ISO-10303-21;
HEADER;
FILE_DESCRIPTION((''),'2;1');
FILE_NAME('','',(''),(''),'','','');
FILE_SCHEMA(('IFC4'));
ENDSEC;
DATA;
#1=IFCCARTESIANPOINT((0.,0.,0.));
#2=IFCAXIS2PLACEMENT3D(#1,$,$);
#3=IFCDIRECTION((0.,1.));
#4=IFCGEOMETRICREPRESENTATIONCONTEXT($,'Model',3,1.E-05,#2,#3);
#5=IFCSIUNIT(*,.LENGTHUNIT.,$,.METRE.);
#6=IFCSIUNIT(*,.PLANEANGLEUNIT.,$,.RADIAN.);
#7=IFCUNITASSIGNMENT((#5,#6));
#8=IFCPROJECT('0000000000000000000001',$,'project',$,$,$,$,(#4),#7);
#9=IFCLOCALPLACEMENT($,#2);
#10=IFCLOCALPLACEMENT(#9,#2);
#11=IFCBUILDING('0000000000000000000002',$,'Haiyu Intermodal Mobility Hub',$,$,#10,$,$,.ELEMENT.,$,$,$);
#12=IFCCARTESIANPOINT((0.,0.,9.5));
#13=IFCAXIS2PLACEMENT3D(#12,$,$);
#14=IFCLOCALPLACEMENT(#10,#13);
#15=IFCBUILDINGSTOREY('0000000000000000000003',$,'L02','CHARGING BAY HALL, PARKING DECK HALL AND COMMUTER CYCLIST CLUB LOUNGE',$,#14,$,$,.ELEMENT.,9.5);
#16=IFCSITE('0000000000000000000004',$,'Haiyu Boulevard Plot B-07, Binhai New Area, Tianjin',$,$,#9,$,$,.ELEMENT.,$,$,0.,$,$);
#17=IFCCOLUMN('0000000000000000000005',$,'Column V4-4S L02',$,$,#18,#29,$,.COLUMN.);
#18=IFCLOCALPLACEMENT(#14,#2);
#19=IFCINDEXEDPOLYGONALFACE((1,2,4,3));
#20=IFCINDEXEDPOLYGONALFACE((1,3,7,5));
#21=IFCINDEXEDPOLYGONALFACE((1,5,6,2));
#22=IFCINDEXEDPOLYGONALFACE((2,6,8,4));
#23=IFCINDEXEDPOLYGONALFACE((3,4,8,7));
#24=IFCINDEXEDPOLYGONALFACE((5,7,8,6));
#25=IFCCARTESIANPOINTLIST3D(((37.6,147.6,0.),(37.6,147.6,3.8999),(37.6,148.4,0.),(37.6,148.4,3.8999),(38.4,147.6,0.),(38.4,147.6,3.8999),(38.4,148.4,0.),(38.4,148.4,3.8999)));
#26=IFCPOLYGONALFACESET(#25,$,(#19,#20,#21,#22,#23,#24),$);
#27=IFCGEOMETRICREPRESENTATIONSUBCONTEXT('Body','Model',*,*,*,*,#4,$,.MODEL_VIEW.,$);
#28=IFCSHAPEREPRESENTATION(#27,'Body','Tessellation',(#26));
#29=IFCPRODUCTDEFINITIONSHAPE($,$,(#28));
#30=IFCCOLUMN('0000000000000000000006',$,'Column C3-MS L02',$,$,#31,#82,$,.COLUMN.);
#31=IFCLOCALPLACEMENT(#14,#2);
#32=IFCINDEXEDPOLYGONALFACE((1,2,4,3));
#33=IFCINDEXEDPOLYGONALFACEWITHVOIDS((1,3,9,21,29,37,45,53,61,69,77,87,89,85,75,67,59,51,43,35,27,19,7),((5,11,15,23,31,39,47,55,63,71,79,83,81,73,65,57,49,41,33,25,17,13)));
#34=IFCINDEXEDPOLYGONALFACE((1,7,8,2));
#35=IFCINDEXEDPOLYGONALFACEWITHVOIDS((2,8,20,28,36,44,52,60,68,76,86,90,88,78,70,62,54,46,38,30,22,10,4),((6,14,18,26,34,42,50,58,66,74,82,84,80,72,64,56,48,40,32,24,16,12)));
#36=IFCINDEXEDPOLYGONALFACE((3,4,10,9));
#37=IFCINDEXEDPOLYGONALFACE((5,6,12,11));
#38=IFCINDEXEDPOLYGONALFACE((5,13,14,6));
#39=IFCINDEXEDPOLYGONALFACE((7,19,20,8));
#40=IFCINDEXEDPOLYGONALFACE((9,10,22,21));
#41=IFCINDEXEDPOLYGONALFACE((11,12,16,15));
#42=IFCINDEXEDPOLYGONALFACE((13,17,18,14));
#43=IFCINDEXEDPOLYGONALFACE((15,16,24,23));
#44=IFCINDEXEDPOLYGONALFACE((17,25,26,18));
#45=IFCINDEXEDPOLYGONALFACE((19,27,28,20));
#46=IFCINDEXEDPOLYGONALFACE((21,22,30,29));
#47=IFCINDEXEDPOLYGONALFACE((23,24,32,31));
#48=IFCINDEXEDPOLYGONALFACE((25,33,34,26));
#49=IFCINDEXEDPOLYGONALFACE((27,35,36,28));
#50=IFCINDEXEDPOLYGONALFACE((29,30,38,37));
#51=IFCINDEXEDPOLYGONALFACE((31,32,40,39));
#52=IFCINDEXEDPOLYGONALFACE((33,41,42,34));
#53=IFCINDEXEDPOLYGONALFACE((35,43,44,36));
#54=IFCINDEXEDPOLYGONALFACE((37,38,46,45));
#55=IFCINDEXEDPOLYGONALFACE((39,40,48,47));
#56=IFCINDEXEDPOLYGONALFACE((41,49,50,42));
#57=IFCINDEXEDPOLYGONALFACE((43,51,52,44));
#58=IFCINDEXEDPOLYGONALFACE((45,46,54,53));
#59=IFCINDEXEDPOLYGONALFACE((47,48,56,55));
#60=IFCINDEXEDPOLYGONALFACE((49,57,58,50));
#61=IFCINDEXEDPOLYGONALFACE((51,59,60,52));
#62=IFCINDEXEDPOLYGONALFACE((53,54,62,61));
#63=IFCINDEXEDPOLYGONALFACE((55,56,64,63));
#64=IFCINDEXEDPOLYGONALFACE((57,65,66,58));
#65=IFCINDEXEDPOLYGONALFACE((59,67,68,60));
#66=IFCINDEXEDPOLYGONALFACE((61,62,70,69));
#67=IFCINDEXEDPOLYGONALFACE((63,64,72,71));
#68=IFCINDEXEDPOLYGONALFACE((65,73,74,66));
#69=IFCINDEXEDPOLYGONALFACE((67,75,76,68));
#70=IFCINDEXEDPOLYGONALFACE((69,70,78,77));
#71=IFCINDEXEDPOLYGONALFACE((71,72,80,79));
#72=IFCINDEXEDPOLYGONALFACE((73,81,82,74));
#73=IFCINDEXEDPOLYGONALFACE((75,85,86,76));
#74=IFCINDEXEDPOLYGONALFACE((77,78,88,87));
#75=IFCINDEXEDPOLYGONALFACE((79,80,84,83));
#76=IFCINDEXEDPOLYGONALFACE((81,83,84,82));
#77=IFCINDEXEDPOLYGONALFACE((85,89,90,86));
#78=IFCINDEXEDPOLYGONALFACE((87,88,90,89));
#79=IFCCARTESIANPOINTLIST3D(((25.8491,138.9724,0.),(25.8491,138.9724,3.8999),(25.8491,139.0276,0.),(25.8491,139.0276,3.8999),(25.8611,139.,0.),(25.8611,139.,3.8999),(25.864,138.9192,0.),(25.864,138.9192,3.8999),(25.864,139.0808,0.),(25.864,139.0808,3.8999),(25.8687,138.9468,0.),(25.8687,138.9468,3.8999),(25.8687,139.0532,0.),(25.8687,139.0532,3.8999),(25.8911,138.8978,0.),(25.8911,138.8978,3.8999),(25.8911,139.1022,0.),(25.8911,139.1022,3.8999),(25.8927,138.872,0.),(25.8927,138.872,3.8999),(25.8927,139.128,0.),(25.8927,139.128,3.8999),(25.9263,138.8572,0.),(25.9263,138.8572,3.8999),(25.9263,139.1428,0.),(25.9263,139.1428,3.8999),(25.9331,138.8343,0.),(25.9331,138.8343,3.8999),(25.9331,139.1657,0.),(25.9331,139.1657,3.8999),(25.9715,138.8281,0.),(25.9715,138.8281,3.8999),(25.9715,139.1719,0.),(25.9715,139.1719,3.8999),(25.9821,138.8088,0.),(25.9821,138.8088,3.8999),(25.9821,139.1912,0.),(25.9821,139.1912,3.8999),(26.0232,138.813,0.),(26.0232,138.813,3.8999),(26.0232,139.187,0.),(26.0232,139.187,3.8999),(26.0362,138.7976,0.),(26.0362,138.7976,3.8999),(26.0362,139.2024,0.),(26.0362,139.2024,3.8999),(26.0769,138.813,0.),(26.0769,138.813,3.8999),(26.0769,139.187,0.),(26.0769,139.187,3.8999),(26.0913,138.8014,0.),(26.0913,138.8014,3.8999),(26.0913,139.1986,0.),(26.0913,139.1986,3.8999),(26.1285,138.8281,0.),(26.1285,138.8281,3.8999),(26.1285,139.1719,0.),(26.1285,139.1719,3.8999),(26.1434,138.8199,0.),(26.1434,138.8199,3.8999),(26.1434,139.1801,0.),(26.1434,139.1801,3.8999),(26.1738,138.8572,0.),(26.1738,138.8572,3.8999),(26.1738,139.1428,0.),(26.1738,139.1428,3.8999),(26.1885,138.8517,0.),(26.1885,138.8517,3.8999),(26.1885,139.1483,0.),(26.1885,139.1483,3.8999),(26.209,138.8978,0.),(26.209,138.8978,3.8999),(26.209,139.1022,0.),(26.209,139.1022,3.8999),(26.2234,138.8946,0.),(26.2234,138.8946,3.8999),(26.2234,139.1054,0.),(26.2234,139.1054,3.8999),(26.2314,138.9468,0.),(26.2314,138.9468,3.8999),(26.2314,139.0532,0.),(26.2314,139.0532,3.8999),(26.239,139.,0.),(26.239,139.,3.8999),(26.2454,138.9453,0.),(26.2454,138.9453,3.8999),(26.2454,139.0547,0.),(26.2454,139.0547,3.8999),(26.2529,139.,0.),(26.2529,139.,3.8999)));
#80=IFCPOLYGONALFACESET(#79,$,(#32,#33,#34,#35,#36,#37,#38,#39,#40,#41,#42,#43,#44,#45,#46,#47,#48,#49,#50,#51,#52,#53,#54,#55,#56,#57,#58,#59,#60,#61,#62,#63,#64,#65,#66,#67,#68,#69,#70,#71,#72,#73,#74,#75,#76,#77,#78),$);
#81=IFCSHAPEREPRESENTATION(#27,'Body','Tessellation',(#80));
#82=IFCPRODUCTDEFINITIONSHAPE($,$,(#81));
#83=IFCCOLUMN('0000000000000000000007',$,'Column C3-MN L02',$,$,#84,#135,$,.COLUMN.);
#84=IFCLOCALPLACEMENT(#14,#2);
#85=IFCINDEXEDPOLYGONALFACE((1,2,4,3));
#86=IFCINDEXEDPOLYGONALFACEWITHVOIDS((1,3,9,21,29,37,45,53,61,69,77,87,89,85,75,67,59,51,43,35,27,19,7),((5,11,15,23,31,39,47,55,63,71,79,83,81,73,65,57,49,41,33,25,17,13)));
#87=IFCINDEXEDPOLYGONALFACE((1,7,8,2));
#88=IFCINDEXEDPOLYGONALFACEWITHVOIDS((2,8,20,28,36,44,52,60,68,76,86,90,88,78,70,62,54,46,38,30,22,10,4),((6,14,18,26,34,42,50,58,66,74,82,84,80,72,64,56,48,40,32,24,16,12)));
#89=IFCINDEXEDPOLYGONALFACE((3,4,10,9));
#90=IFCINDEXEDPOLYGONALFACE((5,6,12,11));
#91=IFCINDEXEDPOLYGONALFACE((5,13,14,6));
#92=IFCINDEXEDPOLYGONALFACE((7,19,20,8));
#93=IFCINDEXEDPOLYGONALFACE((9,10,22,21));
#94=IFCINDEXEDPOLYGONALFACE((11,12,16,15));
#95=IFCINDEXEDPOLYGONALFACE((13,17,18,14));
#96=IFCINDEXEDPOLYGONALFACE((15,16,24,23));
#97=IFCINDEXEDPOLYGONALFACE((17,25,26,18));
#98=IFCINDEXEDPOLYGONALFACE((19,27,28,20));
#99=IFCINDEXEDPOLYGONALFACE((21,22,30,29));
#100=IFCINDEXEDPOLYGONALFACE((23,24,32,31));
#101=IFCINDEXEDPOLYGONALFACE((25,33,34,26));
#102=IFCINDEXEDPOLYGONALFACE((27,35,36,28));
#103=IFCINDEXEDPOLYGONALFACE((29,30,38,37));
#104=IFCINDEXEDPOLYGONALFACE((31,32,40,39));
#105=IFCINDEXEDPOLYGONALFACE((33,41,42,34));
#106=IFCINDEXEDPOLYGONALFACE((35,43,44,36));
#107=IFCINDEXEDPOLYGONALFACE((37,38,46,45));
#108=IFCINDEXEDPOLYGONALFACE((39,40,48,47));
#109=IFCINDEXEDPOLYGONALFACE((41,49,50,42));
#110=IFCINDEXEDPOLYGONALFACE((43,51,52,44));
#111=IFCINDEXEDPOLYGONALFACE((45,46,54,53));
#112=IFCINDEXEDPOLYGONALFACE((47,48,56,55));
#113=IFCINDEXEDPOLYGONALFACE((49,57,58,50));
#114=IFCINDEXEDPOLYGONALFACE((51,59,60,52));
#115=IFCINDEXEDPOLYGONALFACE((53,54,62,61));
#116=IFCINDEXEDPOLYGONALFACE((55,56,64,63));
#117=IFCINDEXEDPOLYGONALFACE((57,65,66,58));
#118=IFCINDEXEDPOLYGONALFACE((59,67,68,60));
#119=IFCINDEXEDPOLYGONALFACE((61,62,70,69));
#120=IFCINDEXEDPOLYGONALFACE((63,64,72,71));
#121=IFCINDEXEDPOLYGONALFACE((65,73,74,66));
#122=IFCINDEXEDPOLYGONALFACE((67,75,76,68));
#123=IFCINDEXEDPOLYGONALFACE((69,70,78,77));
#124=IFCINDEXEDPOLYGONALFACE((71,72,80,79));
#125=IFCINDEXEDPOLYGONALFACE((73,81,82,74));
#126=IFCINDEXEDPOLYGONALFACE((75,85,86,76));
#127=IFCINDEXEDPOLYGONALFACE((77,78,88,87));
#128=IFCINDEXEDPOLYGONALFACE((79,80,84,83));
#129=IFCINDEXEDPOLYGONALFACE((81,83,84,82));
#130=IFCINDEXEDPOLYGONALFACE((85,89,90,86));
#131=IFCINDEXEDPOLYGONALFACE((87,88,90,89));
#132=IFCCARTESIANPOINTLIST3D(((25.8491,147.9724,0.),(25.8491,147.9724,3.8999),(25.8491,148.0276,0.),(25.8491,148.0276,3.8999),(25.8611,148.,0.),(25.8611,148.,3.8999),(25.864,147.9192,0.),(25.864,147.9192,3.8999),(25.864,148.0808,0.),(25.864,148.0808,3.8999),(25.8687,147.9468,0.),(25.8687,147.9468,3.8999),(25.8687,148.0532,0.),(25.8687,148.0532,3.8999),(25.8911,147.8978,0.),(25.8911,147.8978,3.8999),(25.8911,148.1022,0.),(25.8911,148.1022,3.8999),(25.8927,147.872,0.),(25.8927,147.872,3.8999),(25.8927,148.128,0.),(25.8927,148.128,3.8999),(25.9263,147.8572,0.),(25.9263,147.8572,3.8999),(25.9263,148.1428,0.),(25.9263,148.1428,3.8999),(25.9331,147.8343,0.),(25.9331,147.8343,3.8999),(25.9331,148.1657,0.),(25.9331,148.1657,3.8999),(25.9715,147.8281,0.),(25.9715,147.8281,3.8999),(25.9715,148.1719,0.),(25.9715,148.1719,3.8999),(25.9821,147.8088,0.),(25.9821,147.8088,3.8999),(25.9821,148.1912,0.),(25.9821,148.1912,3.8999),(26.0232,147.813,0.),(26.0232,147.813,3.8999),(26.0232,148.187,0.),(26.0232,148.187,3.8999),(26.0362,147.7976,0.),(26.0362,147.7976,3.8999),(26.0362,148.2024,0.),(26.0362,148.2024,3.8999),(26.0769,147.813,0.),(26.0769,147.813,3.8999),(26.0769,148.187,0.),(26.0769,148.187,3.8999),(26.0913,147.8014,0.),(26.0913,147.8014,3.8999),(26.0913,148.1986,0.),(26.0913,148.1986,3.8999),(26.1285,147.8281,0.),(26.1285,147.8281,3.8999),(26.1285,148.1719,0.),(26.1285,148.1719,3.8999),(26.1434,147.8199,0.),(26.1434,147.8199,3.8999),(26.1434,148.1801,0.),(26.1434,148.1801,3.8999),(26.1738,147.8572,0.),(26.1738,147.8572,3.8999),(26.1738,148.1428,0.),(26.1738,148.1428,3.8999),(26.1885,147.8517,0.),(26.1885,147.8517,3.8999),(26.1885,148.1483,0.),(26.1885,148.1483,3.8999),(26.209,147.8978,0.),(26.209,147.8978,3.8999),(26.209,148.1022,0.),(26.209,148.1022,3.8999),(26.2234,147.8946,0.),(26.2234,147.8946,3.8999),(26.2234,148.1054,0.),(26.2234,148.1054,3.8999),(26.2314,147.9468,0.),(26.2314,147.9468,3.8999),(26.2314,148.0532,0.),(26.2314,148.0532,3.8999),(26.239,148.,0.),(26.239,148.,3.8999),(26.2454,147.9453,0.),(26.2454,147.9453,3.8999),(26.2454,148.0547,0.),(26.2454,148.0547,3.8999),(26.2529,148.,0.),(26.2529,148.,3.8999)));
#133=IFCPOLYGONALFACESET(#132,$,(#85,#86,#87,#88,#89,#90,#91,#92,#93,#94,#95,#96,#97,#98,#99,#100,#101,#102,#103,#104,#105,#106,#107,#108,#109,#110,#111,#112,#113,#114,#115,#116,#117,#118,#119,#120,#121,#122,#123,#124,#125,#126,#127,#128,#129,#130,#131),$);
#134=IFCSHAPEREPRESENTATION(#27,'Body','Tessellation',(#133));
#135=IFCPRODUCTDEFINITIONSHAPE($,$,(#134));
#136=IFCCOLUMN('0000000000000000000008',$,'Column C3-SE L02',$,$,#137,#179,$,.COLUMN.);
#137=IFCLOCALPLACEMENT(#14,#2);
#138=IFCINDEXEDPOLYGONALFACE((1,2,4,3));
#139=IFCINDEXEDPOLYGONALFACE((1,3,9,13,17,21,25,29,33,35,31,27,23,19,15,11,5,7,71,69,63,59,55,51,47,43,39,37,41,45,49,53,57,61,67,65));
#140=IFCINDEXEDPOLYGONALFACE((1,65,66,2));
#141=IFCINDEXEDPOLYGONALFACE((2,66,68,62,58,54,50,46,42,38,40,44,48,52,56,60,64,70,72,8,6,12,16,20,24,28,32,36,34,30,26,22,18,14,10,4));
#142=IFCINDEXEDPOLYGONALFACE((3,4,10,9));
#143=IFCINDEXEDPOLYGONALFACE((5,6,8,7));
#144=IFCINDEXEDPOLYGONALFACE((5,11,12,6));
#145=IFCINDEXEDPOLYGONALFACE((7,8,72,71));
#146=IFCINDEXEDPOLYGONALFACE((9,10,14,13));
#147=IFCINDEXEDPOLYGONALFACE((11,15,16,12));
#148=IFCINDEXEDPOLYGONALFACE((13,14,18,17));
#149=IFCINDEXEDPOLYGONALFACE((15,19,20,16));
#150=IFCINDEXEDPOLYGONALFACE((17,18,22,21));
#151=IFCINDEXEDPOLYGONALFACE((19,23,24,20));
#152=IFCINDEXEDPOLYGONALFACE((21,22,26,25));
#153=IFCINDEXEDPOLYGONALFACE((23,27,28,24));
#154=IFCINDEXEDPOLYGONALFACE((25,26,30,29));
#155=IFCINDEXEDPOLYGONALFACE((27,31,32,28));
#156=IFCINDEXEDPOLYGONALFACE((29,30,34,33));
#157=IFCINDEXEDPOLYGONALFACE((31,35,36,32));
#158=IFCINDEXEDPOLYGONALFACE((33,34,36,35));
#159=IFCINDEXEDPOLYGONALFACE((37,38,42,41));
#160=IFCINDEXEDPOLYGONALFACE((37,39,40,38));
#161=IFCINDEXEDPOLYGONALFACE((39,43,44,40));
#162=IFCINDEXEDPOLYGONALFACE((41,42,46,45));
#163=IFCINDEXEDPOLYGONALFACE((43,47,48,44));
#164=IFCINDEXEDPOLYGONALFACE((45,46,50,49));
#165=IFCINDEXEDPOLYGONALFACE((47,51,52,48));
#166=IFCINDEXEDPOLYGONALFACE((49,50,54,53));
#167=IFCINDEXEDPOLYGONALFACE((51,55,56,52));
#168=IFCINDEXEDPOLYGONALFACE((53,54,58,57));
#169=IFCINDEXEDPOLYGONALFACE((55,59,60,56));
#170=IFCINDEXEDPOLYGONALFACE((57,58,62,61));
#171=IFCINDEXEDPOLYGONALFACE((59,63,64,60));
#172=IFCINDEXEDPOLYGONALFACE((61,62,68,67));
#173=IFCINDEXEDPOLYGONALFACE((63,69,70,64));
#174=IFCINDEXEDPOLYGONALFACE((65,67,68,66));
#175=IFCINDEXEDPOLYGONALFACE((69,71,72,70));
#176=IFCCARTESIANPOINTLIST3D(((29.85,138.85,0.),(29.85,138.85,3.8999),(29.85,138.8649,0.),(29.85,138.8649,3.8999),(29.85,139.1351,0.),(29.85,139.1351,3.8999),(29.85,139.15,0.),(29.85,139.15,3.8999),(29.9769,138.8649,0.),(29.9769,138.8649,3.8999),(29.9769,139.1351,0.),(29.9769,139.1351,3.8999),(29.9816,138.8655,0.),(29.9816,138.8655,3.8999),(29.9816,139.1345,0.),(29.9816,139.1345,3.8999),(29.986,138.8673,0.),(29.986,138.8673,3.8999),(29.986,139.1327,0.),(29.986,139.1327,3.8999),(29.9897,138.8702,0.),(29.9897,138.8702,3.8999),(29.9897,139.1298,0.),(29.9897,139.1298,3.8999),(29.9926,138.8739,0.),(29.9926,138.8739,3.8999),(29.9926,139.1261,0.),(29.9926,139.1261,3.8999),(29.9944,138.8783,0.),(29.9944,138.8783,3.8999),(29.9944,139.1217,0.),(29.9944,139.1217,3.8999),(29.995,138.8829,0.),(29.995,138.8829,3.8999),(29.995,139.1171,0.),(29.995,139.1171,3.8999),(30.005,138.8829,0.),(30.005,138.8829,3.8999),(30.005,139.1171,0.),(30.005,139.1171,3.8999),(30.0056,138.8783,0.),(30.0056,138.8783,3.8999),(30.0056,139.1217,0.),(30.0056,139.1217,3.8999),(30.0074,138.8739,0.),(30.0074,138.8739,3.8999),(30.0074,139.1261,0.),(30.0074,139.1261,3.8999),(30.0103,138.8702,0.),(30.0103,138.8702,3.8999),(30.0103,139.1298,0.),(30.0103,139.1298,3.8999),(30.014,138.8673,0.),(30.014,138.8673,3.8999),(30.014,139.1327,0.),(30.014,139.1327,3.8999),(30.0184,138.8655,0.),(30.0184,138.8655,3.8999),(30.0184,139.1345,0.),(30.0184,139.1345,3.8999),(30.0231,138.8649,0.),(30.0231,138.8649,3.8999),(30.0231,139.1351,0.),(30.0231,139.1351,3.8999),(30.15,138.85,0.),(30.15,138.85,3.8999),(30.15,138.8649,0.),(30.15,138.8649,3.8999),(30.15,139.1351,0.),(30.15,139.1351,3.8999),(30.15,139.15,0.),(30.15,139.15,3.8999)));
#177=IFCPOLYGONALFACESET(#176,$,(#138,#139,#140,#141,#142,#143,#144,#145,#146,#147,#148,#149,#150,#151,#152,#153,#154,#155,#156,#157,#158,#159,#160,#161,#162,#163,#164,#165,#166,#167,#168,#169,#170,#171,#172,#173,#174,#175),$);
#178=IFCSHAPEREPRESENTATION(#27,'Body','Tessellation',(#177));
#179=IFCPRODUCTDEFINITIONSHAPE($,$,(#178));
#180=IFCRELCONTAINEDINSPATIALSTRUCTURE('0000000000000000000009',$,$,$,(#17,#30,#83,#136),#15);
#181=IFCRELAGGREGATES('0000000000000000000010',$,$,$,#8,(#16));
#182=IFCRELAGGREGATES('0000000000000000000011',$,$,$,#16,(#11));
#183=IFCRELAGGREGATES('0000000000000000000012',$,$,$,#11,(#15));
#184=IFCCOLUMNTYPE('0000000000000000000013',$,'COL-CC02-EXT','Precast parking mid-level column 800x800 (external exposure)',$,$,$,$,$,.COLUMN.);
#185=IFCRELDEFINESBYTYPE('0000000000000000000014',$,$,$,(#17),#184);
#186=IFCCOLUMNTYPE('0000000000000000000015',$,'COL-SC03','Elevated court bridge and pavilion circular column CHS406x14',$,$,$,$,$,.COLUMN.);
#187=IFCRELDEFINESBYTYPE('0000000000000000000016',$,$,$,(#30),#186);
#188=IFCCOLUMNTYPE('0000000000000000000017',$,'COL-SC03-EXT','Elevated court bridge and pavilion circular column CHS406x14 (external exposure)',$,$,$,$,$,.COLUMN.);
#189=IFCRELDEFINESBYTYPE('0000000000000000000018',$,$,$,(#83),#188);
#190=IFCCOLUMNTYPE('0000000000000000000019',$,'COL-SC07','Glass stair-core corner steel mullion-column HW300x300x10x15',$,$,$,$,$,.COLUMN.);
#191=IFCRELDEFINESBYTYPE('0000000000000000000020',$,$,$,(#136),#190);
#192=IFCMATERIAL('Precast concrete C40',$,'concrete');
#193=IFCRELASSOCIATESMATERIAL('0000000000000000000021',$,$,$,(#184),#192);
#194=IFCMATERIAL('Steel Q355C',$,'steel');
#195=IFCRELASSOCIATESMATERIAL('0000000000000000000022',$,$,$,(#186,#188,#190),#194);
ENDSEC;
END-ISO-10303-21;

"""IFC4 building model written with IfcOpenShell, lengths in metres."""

from ifc_helpers import new_model, si_unit, direction, frame, origin, origin_2d, place, context, subcontext, project, spatial, rectangle, hollow_circle, i_section, extrude, material, material_profile, profile_set, type_object, element, save


model = new_model("IFC4")

# Units and contexts
model_context = context("Model", 3, precision=1e-05, world=origin(), true_north=direction((0.0, 1.0)))
body_context = subcontext(model_context, "Body", "Model", "MODEL_VIEW")
ifc_project = project(units=[si_unit("LENGTHUNIT", "METRE"), si_unit("PLANEANGLEUNIT", "RADIAN")], contexts=[model_context])

# Site, building, storey
site_placement = place(None, origin())
site = spatial("IfcSite", under=ifc_project, at=site_placement, Name="Haiyu Boulevard Plot B-07, Binhai New Area, Tianjin", CompositionType="ELEMENT", RefElevation=0.0)
building_placement = place(site_placement, origin())
building = spatial("IfcBuilding", under=site, at=building_placement, Name="Haiyu Intermodal Mobility Hub", CompositionType="ELEMENT")
storey_placement = place(building_placement, frame((0.0, 0.0, 9.5)))
storey = spatial("IfcBuildingStorey", under=building, at=storey_placement, Name="L02", Description="CHARGING BAY HALL, PARKING DECK HALL AND COMMUTER CYCLIST CLUB LOUNGE", CompositionType="ELEMENT", Elevation=9.5)

# Columns
ifc_material_1 = material(Name="Precast concrete C40", Category="concrete")
ifc_material_profile_1 = material_profile(ifc_material_1, rectangle(XDim=0.8, YDim=0.8, at=origin_2d()), Name="RC800x800")
ifc_profile_set_1 = profile_set([ifc_material_profile_1], Name="Precast concrete C40")
column_type_1 = type_object("IfcColumnType", Name="COL-CC02-EXT", Description="Precast parking mid-level column 800x800 (external exposure)", PredefinedType="COLUMN", material=ifc_profile_set_1)
column_1_placement = place(storey_placement, frame((38.0, 148.0, 0.0), z_axis=(0.0, 0.0, 1.0), x_axis=(1.0, 0.0, 0.0)))
element("IfcColumn", 1, at=column_1_placement, inside=storey, type_object=column_type_1, Name="Column V4-4S L02", PredefinedType="COLUMN", context=body_context, shape_type="SweptSolid", body=[
    extrude(rectangle(XDim=0.8, YDim=0.8, at=origin_2d()), origin(), (0.0, 0.0, 1.0), 3.8999),
])
ifc_material_2 = material(Name="Steel Q355C", Category="steel")
ifc_material_profile_2 = material_profile(ifc_material_2, hollow_circle(Radius=0.2029, WallThickness=0.0139, at=origin_2d()), Name="CHS406x14")
ifc_profile_set_2 = profile_set([ifc_material_profile_2], Name="Steel Q355C")
column_type_2 = type_object("IfcColumnType", Name="COL-SC03", Description="Elevated court bridge and pavilion circular column CHS406x14", PredefinedType="COLUMN", material=ifc_profile_set_2)
column_2_placement = place(storey_placement, frame((26.05, 139.0, 0.0), z_axis=(0.0, 0.0, 1.0), x_axis=(1.0, 0.0, 0.0)))
element("IfcColumn", 2, at=column_2_placement, inside=storey, type_object=column_type_2, Name="Column C3-MS L02", PredefinedType="COLUMN", context=body_context, shape_type="SweptSolid", body=[
    extrude(hollow_circle(Radius=0.2029, WallThickness=0.0139, at=origin_2d()), origin(), (0.0, 0.0, 1.0), 3.8999),
])
ifc_material_profile_3 = material_profile(ifc_material_2, hollow_circle(Radius=0.2029, WallThickness=0.0139, at=origin_2d()), Name="CHS406x14")
ifc_profile_set_3 = profile_set([ifc_material_profile_3], Name="Steel Q355C")
column_type_3 = type_object("IfcColumnType", Name="COL-SC03-EXT", Description="Elevated court bridge and pavilion circular column CHS406x14 (external exposure)", PredefinedType="COLUMN", material=ifc_profile_set_3)
column_3_placement = place(storey_placement, frame((26.05, 148.0, 0.0), z_axis=(0.0, 0.0, 1.0), x_axis=(1.0, 0.0, 0.0)))
element("IfcColumn", 3, at=column_3_placement, inside=storey, type_object=column_type_3, Name="Column C3-MN L02", PredefinedType="COLUMN", context=body_context, shape_type="SweptSolid", body=[
    extrude(hollow_circle(Radius=0.2029, WallThickness=0.0139, at=origin_2d()), origin(), (0.0, 0.0, 1.0), 3.8999),
])
ifc_material_profile_4 = material_profile(ifc_material_2, i_section(OverallWidth=0.3, OverallDepth=0.3, WebThickness=0.01, FlangeThickness=0.0149, FilletRadius=0.0181, at=origin_2d()), Name="HW300x300x10x15")
ifc_profile_set_4 = profile_set([ifc_material_profile_4], Name="Steel Q355C")
column_type_4 = type_object("IfcColumnType", Name="COL-SC07", Description="Glass stair-core corner steel mullion-column HW300x300x10x15", PredefinedType="COLUMN", material=ifc_profile_set_4)
column_4_placement = place(storey_placement, frame((30.0, 139.0, 0.0), z_axis=(0.0, 0.0, 1.0), x_axis=(1.0, 0.0, 0.0)))
element("IfcColumn", 4, at=column_4_placement, inside=storey, type_object=column_type_4, Name="Column C3-SE L02", PredefinedType="COLUMN", context=body_context, shape_type="SweptSolid", body=[
    extrude(i_section(OverallWidth=0.3, OverallDepth=0.3, WebThickness=0.01, FlangeThickness=0.0149, FilletRadius=0.0181, at=origin_2d()), origin(), (0.0, 0.0, 1.0), 3.8999),
])

save(model, "model.ifc")
